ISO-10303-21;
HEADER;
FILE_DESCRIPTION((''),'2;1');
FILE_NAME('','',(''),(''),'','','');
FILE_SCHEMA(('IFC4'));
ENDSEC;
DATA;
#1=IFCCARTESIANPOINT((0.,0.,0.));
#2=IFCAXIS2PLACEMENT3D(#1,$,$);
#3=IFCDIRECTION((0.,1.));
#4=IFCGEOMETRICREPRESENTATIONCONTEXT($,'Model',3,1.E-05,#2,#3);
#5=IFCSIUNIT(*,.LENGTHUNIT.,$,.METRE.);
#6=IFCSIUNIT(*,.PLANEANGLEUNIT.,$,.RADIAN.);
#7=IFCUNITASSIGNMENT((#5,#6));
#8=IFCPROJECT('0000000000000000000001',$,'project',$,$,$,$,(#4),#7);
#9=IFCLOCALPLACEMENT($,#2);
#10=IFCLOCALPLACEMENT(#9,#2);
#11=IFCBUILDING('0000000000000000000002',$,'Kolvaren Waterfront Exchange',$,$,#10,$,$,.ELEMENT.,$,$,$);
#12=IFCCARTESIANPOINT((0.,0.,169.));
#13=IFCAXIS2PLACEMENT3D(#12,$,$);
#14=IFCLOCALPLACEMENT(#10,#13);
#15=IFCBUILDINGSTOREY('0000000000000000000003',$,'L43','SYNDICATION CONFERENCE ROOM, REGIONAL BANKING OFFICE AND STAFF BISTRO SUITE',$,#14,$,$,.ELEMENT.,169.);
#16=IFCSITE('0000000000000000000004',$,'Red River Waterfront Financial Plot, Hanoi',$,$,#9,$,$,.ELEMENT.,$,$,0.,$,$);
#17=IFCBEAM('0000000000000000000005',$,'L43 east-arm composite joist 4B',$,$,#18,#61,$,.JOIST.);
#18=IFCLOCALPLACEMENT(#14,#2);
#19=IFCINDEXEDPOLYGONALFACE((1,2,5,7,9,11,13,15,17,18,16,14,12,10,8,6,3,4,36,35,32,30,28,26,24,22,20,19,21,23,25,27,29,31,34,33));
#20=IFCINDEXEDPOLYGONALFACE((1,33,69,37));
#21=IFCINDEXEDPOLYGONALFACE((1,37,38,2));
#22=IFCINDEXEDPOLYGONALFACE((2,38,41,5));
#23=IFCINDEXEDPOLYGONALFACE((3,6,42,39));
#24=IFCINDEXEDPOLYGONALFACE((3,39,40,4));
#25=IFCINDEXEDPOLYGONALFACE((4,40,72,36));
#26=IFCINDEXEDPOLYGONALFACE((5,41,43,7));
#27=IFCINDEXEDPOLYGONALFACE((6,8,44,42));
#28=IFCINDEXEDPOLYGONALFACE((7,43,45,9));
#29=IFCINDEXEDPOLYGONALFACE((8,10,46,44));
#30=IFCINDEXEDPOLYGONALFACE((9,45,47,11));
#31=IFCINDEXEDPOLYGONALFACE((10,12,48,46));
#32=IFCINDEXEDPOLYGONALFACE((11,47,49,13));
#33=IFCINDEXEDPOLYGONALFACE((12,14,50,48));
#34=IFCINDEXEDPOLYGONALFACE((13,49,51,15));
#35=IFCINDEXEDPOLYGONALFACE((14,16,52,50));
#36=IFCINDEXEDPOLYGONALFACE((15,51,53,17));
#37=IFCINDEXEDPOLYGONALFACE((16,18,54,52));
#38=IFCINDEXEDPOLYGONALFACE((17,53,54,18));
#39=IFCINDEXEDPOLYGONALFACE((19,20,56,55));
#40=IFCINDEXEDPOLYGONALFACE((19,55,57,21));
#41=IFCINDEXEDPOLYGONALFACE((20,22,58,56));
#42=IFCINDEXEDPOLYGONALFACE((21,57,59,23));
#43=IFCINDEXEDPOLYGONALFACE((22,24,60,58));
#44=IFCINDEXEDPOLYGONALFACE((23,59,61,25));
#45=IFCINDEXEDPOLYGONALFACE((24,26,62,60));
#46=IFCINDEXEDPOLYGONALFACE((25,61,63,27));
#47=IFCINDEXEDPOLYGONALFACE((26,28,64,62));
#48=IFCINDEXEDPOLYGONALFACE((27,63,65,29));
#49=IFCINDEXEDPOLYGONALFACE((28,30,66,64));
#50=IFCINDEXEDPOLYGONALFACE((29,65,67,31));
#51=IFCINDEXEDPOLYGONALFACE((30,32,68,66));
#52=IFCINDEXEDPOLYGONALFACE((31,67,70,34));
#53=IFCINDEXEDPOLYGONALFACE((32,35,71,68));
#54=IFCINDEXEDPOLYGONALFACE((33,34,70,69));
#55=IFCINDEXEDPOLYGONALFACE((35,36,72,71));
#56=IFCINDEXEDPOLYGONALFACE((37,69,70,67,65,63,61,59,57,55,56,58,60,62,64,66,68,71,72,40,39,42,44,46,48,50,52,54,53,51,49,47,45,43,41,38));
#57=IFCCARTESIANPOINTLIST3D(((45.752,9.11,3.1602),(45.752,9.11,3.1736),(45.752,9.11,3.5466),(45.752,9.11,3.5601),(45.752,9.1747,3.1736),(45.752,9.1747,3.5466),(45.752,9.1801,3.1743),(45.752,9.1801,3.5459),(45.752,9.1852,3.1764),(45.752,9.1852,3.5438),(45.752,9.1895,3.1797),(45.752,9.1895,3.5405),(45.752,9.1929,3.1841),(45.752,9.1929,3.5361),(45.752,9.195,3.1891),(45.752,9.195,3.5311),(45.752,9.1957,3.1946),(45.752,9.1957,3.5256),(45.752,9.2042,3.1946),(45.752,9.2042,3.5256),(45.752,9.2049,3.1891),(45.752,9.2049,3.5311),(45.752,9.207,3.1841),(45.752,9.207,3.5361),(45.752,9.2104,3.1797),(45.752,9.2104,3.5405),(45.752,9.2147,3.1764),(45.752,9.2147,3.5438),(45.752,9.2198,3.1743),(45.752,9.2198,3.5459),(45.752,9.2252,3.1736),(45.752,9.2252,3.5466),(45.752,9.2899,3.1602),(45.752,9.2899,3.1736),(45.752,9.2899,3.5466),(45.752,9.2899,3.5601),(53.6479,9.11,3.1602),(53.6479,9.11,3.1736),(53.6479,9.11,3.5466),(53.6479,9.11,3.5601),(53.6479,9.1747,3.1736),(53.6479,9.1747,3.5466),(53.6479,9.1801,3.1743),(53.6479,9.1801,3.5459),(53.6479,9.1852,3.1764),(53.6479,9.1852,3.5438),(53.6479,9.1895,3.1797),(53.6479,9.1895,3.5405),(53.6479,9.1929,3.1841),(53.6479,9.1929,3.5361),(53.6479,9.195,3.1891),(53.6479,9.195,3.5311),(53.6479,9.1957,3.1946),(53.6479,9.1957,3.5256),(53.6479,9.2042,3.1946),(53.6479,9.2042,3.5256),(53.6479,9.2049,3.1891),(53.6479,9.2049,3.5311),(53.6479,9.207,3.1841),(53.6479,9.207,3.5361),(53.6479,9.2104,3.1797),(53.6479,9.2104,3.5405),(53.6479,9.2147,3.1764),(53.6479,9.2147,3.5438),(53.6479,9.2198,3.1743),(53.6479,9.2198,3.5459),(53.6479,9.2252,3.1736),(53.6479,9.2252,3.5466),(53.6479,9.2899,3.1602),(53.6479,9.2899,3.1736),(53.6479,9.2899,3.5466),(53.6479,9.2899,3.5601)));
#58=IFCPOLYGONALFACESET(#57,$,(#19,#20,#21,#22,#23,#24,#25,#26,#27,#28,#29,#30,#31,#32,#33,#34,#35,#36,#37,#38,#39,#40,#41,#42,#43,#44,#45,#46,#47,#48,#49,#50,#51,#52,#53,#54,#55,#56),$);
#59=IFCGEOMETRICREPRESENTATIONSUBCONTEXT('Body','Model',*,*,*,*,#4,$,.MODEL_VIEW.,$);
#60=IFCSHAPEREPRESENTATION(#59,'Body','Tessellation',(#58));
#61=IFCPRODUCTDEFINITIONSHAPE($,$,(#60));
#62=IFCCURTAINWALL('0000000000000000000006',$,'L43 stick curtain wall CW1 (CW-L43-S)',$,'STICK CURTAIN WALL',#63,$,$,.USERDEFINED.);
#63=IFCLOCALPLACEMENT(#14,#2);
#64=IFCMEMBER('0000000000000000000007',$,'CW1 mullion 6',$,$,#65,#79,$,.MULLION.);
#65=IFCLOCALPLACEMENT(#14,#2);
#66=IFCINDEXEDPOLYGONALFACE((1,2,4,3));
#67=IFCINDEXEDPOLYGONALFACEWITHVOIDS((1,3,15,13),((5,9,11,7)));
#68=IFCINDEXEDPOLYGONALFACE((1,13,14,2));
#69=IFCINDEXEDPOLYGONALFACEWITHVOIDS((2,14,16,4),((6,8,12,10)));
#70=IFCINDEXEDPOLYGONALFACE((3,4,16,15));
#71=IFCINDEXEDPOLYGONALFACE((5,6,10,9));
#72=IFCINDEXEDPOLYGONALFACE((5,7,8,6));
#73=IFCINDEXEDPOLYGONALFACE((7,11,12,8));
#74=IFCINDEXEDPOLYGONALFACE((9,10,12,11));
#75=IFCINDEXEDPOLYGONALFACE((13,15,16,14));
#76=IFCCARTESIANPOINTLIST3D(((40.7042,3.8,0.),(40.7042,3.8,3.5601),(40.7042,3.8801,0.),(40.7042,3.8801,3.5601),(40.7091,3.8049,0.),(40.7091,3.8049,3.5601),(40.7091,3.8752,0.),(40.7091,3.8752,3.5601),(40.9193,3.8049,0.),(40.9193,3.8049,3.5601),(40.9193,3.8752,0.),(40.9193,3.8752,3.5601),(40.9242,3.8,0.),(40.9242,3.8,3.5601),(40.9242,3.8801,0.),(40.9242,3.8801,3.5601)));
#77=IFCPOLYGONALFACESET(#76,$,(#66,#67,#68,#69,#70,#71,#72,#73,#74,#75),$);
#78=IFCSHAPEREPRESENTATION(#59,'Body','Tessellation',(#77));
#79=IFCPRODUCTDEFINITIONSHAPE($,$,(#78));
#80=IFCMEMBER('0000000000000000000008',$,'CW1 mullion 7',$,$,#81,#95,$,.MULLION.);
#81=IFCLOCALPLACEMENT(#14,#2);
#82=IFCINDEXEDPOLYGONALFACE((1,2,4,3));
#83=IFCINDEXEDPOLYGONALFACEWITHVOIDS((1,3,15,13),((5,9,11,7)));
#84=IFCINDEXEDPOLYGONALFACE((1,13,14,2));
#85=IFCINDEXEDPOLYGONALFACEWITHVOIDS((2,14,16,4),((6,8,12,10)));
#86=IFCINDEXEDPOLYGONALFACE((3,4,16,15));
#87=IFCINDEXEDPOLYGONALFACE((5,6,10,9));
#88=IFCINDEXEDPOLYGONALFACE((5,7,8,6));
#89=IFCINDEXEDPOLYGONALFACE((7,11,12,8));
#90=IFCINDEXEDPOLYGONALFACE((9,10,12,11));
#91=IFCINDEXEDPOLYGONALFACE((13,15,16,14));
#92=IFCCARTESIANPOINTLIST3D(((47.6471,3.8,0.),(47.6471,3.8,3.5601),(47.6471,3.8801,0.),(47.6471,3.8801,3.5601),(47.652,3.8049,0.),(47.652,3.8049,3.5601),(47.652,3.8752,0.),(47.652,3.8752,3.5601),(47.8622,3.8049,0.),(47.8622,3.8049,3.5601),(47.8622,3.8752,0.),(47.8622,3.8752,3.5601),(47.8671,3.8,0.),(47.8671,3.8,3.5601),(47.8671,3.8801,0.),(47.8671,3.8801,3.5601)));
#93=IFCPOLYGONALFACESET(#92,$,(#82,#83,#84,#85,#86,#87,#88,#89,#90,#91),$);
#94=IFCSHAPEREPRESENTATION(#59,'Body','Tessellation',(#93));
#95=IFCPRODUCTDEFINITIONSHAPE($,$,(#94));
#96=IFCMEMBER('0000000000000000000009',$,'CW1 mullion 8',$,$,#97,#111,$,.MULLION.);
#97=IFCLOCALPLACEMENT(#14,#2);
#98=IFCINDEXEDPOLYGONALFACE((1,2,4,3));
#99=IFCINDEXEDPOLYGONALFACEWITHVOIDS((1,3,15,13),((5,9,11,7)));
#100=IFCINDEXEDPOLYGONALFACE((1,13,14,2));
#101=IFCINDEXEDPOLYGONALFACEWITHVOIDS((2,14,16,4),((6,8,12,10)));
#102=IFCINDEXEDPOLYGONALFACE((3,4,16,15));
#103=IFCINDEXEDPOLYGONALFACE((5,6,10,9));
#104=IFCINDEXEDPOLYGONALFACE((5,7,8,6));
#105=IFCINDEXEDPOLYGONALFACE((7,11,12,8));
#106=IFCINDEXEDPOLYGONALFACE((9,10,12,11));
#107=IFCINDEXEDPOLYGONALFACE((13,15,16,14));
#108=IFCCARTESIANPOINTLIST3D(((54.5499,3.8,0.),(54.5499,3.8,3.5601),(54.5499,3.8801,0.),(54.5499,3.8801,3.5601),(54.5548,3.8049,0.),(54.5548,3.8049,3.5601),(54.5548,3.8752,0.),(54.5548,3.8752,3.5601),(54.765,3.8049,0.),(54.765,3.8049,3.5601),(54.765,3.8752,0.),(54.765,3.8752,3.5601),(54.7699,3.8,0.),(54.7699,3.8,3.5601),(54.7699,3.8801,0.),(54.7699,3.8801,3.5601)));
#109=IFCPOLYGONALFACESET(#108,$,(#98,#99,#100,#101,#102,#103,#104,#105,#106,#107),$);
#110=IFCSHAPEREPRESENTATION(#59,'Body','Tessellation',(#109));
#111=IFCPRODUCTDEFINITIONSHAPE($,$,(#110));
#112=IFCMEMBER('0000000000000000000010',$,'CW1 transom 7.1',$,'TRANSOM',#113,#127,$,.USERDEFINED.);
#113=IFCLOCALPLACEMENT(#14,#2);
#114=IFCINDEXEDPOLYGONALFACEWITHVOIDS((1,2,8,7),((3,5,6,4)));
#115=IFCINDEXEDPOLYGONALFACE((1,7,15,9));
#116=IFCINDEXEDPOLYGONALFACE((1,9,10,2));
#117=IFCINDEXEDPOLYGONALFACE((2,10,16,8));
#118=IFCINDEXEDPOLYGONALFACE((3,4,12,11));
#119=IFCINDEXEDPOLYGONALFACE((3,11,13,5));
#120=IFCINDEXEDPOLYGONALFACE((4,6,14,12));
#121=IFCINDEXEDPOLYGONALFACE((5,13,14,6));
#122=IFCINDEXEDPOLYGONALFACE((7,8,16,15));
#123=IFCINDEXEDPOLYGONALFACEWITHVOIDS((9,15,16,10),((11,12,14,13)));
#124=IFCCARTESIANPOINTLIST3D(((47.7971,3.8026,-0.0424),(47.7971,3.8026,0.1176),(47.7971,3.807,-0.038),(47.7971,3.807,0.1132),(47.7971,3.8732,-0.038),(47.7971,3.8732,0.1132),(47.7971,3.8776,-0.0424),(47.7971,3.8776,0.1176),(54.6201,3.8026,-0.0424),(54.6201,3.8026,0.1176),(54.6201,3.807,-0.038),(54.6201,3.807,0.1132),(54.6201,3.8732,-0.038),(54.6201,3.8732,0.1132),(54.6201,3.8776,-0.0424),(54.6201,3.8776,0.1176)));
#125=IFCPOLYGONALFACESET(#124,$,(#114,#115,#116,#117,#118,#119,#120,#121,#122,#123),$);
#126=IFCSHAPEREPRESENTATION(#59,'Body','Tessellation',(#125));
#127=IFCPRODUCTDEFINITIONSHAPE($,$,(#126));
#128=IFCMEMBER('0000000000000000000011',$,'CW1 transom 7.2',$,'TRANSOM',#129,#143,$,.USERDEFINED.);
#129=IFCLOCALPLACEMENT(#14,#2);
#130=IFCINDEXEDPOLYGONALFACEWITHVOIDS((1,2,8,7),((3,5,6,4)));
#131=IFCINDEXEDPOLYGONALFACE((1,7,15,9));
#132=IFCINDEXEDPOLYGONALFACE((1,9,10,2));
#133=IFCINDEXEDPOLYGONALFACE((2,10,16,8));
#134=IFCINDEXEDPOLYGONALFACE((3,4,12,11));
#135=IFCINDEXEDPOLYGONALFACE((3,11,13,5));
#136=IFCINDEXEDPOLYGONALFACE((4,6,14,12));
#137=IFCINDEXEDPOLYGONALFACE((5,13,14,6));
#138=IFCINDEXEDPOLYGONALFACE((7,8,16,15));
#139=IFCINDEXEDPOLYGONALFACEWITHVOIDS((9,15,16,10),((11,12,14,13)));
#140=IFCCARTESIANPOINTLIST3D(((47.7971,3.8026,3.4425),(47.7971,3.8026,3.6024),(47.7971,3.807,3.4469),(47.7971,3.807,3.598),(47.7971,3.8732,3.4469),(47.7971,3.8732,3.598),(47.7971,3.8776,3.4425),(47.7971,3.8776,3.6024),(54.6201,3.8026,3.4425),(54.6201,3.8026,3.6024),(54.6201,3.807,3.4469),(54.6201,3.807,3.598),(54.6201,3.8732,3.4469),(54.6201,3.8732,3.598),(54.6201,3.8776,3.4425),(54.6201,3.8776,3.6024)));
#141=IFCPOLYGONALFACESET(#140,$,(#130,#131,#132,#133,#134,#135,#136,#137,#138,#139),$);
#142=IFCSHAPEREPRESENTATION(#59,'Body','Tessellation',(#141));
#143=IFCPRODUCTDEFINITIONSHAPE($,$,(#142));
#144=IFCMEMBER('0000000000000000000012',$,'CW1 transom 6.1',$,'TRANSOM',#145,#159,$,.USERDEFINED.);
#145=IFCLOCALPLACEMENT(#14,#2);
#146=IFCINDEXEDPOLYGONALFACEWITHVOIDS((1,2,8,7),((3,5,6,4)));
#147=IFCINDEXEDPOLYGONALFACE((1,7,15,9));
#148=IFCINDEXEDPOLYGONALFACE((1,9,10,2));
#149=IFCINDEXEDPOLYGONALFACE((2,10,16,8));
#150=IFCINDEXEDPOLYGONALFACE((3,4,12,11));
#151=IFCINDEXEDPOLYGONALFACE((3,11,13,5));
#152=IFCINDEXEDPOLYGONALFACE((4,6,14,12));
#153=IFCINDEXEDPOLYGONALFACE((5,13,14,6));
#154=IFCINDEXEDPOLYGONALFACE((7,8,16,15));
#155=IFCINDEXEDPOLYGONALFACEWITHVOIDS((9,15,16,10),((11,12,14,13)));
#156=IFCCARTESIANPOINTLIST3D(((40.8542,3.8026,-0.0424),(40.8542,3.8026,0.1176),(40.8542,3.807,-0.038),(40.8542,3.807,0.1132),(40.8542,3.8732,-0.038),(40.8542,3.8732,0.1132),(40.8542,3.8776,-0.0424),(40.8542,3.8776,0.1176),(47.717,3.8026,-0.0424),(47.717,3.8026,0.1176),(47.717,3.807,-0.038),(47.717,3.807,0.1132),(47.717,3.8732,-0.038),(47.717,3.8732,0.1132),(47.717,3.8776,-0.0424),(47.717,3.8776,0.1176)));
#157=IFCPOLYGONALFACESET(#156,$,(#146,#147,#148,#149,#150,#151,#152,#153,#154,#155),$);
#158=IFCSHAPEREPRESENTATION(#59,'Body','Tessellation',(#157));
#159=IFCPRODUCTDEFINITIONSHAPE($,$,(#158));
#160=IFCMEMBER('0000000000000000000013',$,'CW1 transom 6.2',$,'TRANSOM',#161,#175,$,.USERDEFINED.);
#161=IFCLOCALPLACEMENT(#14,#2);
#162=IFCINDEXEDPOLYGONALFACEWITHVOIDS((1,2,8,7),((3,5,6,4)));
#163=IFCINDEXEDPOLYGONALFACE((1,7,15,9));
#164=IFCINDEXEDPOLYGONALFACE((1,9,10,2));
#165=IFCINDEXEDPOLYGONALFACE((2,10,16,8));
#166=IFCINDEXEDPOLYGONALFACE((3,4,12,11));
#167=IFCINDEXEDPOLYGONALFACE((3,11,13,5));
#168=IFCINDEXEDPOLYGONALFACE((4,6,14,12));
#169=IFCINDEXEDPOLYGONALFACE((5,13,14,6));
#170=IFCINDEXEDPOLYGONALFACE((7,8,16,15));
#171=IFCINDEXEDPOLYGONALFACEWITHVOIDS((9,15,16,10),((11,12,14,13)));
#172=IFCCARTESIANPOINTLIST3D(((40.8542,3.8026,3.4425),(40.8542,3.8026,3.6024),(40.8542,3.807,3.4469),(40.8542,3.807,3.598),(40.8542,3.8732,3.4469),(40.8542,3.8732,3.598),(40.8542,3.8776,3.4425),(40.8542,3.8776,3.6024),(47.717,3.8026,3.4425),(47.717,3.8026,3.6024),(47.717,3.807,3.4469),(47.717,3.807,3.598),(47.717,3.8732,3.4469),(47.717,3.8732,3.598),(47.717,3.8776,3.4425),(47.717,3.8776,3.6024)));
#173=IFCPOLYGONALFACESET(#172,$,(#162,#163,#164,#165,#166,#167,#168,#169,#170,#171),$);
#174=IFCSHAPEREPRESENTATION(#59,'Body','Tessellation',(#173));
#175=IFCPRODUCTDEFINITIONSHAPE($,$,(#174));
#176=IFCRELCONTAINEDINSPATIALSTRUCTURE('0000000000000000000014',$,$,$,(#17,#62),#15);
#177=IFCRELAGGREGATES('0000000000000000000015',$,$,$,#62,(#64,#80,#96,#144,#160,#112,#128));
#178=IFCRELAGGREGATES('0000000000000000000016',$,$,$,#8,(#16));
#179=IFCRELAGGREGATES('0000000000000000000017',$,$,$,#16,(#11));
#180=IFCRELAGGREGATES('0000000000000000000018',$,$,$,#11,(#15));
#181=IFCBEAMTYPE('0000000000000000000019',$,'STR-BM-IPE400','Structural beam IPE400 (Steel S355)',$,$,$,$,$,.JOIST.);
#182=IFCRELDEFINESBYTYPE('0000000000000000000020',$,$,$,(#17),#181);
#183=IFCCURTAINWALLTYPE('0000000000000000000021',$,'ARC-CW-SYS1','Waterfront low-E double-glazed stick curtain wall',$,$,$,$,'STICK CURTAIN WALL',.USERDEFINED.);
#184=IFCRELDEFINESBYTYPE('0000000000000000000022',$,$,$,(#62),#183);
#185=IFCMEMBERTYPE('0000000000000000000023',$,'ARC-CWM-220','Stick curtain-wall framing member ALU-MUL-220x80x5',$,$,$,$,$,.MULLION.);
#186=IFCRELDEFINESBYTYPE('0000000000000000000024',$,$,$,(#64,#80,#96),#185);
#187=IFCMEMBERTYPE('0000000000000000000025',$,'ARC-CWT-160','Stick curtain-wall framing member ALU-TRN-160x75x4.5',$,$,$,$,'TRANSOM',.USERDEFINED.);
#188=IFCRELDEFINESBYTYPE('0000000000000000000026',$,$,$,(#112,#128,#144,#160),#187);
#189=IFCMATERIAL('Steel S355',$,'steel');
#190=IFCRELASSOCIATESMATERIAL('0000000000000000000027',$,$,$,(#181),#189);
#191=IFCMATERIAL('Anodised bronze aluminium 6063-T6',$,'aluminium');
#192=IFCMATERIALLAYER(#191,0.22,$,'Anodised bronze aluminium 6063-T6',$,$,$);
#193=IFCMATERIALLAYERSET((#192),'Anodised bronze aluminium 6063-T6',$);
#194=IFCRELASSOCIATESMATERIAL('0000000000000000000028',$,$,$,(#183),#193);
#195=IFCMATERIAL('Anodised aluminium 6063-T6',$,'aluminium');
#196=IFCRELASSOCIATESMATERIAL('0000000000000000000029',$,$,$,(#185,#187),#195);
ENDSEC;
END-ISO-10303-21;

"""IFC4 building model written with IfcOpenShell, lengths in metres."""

from ifc_helpers import new_model, si_unit, direction, frame, origin, origin_with_axes, origin_2d, place, context, subcontext, project, spatial, hollow_rectangle, i_section, extrude, source, transform, mapped, material, layer, layer_set, material_profile, profile_set, type_object, element, aggregate, save


model = new_model("IFC4")

# Units and contexts
model_context = context("Model", 3, precision=1e-05, world=origin(), true_north=direction((0.0, 1.0)))
body_context = subcontext(model_context, "Body", "Model", "MODEL_VIEW")
ifc_project = project(units=[si_unit("LENGTHUNIT", "METRE"), si_unit("PLANEANGLEUNIT", "RADIAN")], contexts=[model_context])

# Site, building, storey
site_placement = place(None, origin())
site = spatial("IfcSite", under=ifc_project, at=site_placement, Name="Red River Waterfront Financial Plot, Hanoi", CompositionType="ELEMENT", RefElevation=0.0)
building_placement = place(site_placement, origin())
building = spatial("IfcBuilding", under=site, at=building_placement, Name="Kolvaren Waterfront Exchange", CompositionType="ELEMENT")
storey_placement = place(building_placement, frame((0.0, 0.0, 169.0)))
storey = spatial("IfcBuildingStorey", under=building, at=storey_placement, Name="L43", Description="SYNDICATION CONFERENCE ROOM, REGIONAL BANKING OFFICE AND STAFF BISTRO SUITE", CompositionType="ELEMENT", Elevation=169.0)

# Beam
ifc_material_1 = material(Name="Steel S355", Category="steel")
ifc_material_profile_1 = material_profile(ifc_material_1, i_section(OverallWidth=0.1799, OverallDepth=0.3999, WebThickness=0.0085, FlangeThickness=0.0134, FilletRadius=0.021, at=origin_2d()), Name="IPE400")
ifc_profile_set_1 = profile_set([ifc_material_profile_1], Name="Steel S355")
beam_type_1 = type_object("IfcBeamType", Name="STR-BM-IPE400", Description="Structural beam IPE400 (Steel S355)", PredefinedType="JOIST", material=ifc_profile_set_1)
beam_1_placement = place(storey_placement, frame((45.752, 9.2, 3.3601), z_axis=(1.0, 0.0, 0.0), x_axis=(0.0, 1.0, 0.0)))
element("IfcBeam", 1, at=beam_1_placement, inside=storey, type_object=beam_type_1, Name="L43 east-arm composite joist 4B", PredefinedType="JOIST", context=body_context, shape_type="SweptSolid", body=[
    extrude(i_section(OverallWidth=0.1799, OverallDepth=0.3999, WebThickness=0.0085, FlangeThickness=0.0134, FilletRadius=0.021, at=origin_2d()), origin(), (0.0, 0.0, 1.0), 7.896),
])

# Curtain wall, members
ifc_material_2 = material(Name="Anodised bronze aluminium 6063-T6", Category="aluminium")
ifc_layer_1 = layer(ifc_material_2, 0.22, Name="Anodised bronze aluminium 6063-T6")
ifc_layer_set_1 = layer_set([ifc_layer_1], Name="Anodised bronze aluminium 6063-T6")
curtain_wall_type = type_object("IfcCurtainWallType", Name="ARC-CW-SYS1", Description="Waterfront low-E double-glazed stick curtain wall", ElementType="STICK CURTAIN WALL", PredefinedType="USERDEFINED", material=ifc_layer_set_1)
curtain_wall_placement = place(storey_placement, origin())
curtain_wall = element("IfcCurtainWall", 2, at=curtain_wall_placement, inside=storey, type_object=curtain_wall_type, Name="L43 stick curtain wall CW1 (CW-L43-S)", ObjectType="STICK CURTAIN WALL", PredefinedType="USERDEFINED")
ifc_material_3 = material(Name="Anodised aluminium 6063-T6", Category="aluminium")
ifc_material_profile_2 = material_profile(ifc_material_3, hollow_rectangle(XDim=0.0801, YDim=0.22, WallThickness=0.0049, at=origin_2d()), Name="ALU-MUL-220x80x5")
ifc_profile_set_2 = profile_set([ifc_material_profile_2], Name="Anodised aluminium 6063-T6")
member_type_1 = type_object("IfcMemberType", Name="ARC-CWM-220", Description="Stick curtain-wall framing member ALU-MUL-220x80x5", PredefinedType="MULLION", material=ifc_profile_set_2)
shared_shape_1 = source(origin_with_axes(), body_context, "Body", "SweptSolid", [
    extrude(hollow_rectangle(XDim=0.0801, YDim=0.22, WallThickness=0.0049, at=origin_2d()), origin(), (0.0, 0.0, 1.0), 3.5601),
])
member_1_placement = place(storey_placement, frame((40.8142, 3.8401, 0.0), z_axis=(0.0, 0.0, 1.0), x_axis=(0.0, 1.0, 0.0)))
member_1 = element("IfcMember", 3, at=member_1_placement, type_object=member_type_1, Name="CW1 mullion 6", PredefinedType="MULLION", context=body_context, shape_type="MappedRepresentation", body=[
    mapped(shared_shape_1, transform((0.0, 0.0, 0.0), x_axis=(1.0, 0.0, 0.0), y_axis=(0.0, 1.0, 0.0), z_axis=(0.0, 0.0, 1.0), scale=1.0)),
])
member_2_placement = place(storey_placement, frame((47.7571, 3.8401, 0.0), z_axis=(0.0, 0.0, 1.0), x_axis=(0.0, 1.0, 0.0)))
member_2 = element("IfcMember", 4, at=member_2_placement, type_object=member_type_1, Name="CW1 mullion 7", PredefinedType="MULLION", context=body_context, shape_type="MappedRepresentation", body=[
    mapped(shared_shape_1, transform((0.0, 0.0, 0.0), x_axis=(1.0, 0.0, 0.0), y_axis=(0.0, 1.0, 0.0), z_axis=(0.0, 0.0, 1.0), scale=1.0)),
])
member_3_placement = place(storey_placement, frame((54.6599, 3.8401, 0.0), z_axis=(0.0, 0.0, 1.0), x_axis=(0.0, 1.0, 0.0)))
member_3 = element("IfcMember", 5, at=member_3_placement, type_object=member_type_1, Name="CW1 mullion 8", PredefinedType="MULLION", context=body_context, shape_type="MappedRepresentation", body=[
    mapped(shared_shape_1, transform((0.0, 0.0, 0.0), x_axis=(1.0, 0.0, 0.0), y_axis=(0.0, 1.0, 0.0), z_axis=(0.0, 0.0, 1.0), scale=1.0)),
])
ifc_material_profile_3 = material_profile(ifc_material_3, hollow_rectangle(XDim=0.075, YDim=0.1599, WallThickness=0.0044, at=origin_2d()), Name="ALU-TRN-160x75x4.5")
ifc_profile_set_3 = profile_set([ifc_material_profile_3], Name="Anodised aluminium 6063-T6")
member_type_2 = type_object("IfcMemberType", Name="ARC-CWT-160", Description="Stick curtain-wall framing member ALU-TRN-160x75x4.5", ElementType="TRANSOM", PredefinedType="USERDEFINED", material=ifc_profile_set_3)
shared_shape_2 = source(origin_with_axes(), body_context, "Body", "SweptSolid", [
    extrude(hollow_rectangle(XDim=0.075, YDim=0.1599, WallThickness=0.0044, at=origin_2d()), origin(), (0.0, 0.0, 1.0), 6.823),
])
member_4_placement = place(storey_placement, frame((47.7971, 3.8401, 0.0376), z_axis=(1.0, 0.0, 0.0), x_axis=(0.0, 1.0, 0.0)))
member_4 = element("IfcMember", 6, at=member_4_placement, type_object=member_type_2, Name="CW1 transom 7.1", ObjectType="TRANSOM", PredefinedType="USERDEFINED", context=body_context, shape_type="MappedRepresentation", body=[
    mapped(shared_shape_2, transform((0.0, 0.0, 0.0), x_axis=(1.0, 0.0, 0.0), y_axis=(0.0, 1.0, 0.0), z_axis=(0.0, 0.0, 1.0), scale=1.0)),
])
member_5_placement = place(storey_placement, frame((47.7971, 3.8401, 3.5225), z_axis=(1.0, 0.0, 0.0), x_axis=(0.0, 1.0, 0.0)))
member_5 = element("IfcMember", 7, at=member_5_placement, type_object=member_type_2, Name="CW1 transom 7.2", ObjectType="TRANSOM", PredefinedType="USERDEFINED", context=body_context, shape_type="MappedRepresentation", body=[
    mapped(shared_shape_2, transform((0.0, 0.0, 0.0), x_axis=(1.0, 0.0, 0.0), y_axis=(0.0, 1.0, 0.0), z_axis=(0.0, 0.0, 1.0), scale=1.0)),
])
shared_shape_3 = source(origin_with_axes(), body_context, "Body", "SweptSolid", [
    extrude(hollow_rectangle(XDim=0.075, YDim=0.1599, WallThickness=0.0044, at=origin_2d()), origin(), (0.0, 0.0, 1.0), 6.8628),
])
member_6_placement = place(storey_placement, frame((40.8542, 3.8401, 0.0376), z_axis=(1.0, 0.0, 0.0), x_axis=(0.0, 1.0, 0.0)))
member_6 = element("IfcMember", 8, at=member_6_placement, type_object=member_type_2, Name="CW1 transom 6.1", ObjectType="TRANSOM", PredefinedType="USERDEFINED", context=body_context, shape_type="MappedRepresentation", body=[
    mapped(shared_shape_3, transform((0.0, 0.0, 0.0), x_axis=(1.0, 0.0, 0.0), y_axis=(0.0, 1.0, 0.0), z_axis=(0.0, 0.0, 1.0), scale=1.0)),
])
member_7_placement = place(storey_placement, frame((40.8542, 3.8401, 3.5225), z_axis=(1.0, 0.0, 0.0), x_axis=(0.0, 1.0, 0.0)))
member_7 = element("IfcMember", 9, at=member_7_placement, type_object=member_type_2, Name="CW1 transom 6.2", ObjectType="TRANSOM", PredefinedType="USERDEFINED", context=body_context, shape_type="MappedRepresentation", body=[
    mapped(shared_shape_3, transform((0.0, 0.0, 0.0), x_axis=(1.0, 0.0, 0.0), y_axis=(0.0, 1.0, 0.0), z_axis=(0.0, 0.0, 1.0), scale=1.0)),
])
aggregate(curtain_wall, [member_1, member_2, member_3, member_6, member_7, member_4, member_5])

save(model, "model.ifc")
